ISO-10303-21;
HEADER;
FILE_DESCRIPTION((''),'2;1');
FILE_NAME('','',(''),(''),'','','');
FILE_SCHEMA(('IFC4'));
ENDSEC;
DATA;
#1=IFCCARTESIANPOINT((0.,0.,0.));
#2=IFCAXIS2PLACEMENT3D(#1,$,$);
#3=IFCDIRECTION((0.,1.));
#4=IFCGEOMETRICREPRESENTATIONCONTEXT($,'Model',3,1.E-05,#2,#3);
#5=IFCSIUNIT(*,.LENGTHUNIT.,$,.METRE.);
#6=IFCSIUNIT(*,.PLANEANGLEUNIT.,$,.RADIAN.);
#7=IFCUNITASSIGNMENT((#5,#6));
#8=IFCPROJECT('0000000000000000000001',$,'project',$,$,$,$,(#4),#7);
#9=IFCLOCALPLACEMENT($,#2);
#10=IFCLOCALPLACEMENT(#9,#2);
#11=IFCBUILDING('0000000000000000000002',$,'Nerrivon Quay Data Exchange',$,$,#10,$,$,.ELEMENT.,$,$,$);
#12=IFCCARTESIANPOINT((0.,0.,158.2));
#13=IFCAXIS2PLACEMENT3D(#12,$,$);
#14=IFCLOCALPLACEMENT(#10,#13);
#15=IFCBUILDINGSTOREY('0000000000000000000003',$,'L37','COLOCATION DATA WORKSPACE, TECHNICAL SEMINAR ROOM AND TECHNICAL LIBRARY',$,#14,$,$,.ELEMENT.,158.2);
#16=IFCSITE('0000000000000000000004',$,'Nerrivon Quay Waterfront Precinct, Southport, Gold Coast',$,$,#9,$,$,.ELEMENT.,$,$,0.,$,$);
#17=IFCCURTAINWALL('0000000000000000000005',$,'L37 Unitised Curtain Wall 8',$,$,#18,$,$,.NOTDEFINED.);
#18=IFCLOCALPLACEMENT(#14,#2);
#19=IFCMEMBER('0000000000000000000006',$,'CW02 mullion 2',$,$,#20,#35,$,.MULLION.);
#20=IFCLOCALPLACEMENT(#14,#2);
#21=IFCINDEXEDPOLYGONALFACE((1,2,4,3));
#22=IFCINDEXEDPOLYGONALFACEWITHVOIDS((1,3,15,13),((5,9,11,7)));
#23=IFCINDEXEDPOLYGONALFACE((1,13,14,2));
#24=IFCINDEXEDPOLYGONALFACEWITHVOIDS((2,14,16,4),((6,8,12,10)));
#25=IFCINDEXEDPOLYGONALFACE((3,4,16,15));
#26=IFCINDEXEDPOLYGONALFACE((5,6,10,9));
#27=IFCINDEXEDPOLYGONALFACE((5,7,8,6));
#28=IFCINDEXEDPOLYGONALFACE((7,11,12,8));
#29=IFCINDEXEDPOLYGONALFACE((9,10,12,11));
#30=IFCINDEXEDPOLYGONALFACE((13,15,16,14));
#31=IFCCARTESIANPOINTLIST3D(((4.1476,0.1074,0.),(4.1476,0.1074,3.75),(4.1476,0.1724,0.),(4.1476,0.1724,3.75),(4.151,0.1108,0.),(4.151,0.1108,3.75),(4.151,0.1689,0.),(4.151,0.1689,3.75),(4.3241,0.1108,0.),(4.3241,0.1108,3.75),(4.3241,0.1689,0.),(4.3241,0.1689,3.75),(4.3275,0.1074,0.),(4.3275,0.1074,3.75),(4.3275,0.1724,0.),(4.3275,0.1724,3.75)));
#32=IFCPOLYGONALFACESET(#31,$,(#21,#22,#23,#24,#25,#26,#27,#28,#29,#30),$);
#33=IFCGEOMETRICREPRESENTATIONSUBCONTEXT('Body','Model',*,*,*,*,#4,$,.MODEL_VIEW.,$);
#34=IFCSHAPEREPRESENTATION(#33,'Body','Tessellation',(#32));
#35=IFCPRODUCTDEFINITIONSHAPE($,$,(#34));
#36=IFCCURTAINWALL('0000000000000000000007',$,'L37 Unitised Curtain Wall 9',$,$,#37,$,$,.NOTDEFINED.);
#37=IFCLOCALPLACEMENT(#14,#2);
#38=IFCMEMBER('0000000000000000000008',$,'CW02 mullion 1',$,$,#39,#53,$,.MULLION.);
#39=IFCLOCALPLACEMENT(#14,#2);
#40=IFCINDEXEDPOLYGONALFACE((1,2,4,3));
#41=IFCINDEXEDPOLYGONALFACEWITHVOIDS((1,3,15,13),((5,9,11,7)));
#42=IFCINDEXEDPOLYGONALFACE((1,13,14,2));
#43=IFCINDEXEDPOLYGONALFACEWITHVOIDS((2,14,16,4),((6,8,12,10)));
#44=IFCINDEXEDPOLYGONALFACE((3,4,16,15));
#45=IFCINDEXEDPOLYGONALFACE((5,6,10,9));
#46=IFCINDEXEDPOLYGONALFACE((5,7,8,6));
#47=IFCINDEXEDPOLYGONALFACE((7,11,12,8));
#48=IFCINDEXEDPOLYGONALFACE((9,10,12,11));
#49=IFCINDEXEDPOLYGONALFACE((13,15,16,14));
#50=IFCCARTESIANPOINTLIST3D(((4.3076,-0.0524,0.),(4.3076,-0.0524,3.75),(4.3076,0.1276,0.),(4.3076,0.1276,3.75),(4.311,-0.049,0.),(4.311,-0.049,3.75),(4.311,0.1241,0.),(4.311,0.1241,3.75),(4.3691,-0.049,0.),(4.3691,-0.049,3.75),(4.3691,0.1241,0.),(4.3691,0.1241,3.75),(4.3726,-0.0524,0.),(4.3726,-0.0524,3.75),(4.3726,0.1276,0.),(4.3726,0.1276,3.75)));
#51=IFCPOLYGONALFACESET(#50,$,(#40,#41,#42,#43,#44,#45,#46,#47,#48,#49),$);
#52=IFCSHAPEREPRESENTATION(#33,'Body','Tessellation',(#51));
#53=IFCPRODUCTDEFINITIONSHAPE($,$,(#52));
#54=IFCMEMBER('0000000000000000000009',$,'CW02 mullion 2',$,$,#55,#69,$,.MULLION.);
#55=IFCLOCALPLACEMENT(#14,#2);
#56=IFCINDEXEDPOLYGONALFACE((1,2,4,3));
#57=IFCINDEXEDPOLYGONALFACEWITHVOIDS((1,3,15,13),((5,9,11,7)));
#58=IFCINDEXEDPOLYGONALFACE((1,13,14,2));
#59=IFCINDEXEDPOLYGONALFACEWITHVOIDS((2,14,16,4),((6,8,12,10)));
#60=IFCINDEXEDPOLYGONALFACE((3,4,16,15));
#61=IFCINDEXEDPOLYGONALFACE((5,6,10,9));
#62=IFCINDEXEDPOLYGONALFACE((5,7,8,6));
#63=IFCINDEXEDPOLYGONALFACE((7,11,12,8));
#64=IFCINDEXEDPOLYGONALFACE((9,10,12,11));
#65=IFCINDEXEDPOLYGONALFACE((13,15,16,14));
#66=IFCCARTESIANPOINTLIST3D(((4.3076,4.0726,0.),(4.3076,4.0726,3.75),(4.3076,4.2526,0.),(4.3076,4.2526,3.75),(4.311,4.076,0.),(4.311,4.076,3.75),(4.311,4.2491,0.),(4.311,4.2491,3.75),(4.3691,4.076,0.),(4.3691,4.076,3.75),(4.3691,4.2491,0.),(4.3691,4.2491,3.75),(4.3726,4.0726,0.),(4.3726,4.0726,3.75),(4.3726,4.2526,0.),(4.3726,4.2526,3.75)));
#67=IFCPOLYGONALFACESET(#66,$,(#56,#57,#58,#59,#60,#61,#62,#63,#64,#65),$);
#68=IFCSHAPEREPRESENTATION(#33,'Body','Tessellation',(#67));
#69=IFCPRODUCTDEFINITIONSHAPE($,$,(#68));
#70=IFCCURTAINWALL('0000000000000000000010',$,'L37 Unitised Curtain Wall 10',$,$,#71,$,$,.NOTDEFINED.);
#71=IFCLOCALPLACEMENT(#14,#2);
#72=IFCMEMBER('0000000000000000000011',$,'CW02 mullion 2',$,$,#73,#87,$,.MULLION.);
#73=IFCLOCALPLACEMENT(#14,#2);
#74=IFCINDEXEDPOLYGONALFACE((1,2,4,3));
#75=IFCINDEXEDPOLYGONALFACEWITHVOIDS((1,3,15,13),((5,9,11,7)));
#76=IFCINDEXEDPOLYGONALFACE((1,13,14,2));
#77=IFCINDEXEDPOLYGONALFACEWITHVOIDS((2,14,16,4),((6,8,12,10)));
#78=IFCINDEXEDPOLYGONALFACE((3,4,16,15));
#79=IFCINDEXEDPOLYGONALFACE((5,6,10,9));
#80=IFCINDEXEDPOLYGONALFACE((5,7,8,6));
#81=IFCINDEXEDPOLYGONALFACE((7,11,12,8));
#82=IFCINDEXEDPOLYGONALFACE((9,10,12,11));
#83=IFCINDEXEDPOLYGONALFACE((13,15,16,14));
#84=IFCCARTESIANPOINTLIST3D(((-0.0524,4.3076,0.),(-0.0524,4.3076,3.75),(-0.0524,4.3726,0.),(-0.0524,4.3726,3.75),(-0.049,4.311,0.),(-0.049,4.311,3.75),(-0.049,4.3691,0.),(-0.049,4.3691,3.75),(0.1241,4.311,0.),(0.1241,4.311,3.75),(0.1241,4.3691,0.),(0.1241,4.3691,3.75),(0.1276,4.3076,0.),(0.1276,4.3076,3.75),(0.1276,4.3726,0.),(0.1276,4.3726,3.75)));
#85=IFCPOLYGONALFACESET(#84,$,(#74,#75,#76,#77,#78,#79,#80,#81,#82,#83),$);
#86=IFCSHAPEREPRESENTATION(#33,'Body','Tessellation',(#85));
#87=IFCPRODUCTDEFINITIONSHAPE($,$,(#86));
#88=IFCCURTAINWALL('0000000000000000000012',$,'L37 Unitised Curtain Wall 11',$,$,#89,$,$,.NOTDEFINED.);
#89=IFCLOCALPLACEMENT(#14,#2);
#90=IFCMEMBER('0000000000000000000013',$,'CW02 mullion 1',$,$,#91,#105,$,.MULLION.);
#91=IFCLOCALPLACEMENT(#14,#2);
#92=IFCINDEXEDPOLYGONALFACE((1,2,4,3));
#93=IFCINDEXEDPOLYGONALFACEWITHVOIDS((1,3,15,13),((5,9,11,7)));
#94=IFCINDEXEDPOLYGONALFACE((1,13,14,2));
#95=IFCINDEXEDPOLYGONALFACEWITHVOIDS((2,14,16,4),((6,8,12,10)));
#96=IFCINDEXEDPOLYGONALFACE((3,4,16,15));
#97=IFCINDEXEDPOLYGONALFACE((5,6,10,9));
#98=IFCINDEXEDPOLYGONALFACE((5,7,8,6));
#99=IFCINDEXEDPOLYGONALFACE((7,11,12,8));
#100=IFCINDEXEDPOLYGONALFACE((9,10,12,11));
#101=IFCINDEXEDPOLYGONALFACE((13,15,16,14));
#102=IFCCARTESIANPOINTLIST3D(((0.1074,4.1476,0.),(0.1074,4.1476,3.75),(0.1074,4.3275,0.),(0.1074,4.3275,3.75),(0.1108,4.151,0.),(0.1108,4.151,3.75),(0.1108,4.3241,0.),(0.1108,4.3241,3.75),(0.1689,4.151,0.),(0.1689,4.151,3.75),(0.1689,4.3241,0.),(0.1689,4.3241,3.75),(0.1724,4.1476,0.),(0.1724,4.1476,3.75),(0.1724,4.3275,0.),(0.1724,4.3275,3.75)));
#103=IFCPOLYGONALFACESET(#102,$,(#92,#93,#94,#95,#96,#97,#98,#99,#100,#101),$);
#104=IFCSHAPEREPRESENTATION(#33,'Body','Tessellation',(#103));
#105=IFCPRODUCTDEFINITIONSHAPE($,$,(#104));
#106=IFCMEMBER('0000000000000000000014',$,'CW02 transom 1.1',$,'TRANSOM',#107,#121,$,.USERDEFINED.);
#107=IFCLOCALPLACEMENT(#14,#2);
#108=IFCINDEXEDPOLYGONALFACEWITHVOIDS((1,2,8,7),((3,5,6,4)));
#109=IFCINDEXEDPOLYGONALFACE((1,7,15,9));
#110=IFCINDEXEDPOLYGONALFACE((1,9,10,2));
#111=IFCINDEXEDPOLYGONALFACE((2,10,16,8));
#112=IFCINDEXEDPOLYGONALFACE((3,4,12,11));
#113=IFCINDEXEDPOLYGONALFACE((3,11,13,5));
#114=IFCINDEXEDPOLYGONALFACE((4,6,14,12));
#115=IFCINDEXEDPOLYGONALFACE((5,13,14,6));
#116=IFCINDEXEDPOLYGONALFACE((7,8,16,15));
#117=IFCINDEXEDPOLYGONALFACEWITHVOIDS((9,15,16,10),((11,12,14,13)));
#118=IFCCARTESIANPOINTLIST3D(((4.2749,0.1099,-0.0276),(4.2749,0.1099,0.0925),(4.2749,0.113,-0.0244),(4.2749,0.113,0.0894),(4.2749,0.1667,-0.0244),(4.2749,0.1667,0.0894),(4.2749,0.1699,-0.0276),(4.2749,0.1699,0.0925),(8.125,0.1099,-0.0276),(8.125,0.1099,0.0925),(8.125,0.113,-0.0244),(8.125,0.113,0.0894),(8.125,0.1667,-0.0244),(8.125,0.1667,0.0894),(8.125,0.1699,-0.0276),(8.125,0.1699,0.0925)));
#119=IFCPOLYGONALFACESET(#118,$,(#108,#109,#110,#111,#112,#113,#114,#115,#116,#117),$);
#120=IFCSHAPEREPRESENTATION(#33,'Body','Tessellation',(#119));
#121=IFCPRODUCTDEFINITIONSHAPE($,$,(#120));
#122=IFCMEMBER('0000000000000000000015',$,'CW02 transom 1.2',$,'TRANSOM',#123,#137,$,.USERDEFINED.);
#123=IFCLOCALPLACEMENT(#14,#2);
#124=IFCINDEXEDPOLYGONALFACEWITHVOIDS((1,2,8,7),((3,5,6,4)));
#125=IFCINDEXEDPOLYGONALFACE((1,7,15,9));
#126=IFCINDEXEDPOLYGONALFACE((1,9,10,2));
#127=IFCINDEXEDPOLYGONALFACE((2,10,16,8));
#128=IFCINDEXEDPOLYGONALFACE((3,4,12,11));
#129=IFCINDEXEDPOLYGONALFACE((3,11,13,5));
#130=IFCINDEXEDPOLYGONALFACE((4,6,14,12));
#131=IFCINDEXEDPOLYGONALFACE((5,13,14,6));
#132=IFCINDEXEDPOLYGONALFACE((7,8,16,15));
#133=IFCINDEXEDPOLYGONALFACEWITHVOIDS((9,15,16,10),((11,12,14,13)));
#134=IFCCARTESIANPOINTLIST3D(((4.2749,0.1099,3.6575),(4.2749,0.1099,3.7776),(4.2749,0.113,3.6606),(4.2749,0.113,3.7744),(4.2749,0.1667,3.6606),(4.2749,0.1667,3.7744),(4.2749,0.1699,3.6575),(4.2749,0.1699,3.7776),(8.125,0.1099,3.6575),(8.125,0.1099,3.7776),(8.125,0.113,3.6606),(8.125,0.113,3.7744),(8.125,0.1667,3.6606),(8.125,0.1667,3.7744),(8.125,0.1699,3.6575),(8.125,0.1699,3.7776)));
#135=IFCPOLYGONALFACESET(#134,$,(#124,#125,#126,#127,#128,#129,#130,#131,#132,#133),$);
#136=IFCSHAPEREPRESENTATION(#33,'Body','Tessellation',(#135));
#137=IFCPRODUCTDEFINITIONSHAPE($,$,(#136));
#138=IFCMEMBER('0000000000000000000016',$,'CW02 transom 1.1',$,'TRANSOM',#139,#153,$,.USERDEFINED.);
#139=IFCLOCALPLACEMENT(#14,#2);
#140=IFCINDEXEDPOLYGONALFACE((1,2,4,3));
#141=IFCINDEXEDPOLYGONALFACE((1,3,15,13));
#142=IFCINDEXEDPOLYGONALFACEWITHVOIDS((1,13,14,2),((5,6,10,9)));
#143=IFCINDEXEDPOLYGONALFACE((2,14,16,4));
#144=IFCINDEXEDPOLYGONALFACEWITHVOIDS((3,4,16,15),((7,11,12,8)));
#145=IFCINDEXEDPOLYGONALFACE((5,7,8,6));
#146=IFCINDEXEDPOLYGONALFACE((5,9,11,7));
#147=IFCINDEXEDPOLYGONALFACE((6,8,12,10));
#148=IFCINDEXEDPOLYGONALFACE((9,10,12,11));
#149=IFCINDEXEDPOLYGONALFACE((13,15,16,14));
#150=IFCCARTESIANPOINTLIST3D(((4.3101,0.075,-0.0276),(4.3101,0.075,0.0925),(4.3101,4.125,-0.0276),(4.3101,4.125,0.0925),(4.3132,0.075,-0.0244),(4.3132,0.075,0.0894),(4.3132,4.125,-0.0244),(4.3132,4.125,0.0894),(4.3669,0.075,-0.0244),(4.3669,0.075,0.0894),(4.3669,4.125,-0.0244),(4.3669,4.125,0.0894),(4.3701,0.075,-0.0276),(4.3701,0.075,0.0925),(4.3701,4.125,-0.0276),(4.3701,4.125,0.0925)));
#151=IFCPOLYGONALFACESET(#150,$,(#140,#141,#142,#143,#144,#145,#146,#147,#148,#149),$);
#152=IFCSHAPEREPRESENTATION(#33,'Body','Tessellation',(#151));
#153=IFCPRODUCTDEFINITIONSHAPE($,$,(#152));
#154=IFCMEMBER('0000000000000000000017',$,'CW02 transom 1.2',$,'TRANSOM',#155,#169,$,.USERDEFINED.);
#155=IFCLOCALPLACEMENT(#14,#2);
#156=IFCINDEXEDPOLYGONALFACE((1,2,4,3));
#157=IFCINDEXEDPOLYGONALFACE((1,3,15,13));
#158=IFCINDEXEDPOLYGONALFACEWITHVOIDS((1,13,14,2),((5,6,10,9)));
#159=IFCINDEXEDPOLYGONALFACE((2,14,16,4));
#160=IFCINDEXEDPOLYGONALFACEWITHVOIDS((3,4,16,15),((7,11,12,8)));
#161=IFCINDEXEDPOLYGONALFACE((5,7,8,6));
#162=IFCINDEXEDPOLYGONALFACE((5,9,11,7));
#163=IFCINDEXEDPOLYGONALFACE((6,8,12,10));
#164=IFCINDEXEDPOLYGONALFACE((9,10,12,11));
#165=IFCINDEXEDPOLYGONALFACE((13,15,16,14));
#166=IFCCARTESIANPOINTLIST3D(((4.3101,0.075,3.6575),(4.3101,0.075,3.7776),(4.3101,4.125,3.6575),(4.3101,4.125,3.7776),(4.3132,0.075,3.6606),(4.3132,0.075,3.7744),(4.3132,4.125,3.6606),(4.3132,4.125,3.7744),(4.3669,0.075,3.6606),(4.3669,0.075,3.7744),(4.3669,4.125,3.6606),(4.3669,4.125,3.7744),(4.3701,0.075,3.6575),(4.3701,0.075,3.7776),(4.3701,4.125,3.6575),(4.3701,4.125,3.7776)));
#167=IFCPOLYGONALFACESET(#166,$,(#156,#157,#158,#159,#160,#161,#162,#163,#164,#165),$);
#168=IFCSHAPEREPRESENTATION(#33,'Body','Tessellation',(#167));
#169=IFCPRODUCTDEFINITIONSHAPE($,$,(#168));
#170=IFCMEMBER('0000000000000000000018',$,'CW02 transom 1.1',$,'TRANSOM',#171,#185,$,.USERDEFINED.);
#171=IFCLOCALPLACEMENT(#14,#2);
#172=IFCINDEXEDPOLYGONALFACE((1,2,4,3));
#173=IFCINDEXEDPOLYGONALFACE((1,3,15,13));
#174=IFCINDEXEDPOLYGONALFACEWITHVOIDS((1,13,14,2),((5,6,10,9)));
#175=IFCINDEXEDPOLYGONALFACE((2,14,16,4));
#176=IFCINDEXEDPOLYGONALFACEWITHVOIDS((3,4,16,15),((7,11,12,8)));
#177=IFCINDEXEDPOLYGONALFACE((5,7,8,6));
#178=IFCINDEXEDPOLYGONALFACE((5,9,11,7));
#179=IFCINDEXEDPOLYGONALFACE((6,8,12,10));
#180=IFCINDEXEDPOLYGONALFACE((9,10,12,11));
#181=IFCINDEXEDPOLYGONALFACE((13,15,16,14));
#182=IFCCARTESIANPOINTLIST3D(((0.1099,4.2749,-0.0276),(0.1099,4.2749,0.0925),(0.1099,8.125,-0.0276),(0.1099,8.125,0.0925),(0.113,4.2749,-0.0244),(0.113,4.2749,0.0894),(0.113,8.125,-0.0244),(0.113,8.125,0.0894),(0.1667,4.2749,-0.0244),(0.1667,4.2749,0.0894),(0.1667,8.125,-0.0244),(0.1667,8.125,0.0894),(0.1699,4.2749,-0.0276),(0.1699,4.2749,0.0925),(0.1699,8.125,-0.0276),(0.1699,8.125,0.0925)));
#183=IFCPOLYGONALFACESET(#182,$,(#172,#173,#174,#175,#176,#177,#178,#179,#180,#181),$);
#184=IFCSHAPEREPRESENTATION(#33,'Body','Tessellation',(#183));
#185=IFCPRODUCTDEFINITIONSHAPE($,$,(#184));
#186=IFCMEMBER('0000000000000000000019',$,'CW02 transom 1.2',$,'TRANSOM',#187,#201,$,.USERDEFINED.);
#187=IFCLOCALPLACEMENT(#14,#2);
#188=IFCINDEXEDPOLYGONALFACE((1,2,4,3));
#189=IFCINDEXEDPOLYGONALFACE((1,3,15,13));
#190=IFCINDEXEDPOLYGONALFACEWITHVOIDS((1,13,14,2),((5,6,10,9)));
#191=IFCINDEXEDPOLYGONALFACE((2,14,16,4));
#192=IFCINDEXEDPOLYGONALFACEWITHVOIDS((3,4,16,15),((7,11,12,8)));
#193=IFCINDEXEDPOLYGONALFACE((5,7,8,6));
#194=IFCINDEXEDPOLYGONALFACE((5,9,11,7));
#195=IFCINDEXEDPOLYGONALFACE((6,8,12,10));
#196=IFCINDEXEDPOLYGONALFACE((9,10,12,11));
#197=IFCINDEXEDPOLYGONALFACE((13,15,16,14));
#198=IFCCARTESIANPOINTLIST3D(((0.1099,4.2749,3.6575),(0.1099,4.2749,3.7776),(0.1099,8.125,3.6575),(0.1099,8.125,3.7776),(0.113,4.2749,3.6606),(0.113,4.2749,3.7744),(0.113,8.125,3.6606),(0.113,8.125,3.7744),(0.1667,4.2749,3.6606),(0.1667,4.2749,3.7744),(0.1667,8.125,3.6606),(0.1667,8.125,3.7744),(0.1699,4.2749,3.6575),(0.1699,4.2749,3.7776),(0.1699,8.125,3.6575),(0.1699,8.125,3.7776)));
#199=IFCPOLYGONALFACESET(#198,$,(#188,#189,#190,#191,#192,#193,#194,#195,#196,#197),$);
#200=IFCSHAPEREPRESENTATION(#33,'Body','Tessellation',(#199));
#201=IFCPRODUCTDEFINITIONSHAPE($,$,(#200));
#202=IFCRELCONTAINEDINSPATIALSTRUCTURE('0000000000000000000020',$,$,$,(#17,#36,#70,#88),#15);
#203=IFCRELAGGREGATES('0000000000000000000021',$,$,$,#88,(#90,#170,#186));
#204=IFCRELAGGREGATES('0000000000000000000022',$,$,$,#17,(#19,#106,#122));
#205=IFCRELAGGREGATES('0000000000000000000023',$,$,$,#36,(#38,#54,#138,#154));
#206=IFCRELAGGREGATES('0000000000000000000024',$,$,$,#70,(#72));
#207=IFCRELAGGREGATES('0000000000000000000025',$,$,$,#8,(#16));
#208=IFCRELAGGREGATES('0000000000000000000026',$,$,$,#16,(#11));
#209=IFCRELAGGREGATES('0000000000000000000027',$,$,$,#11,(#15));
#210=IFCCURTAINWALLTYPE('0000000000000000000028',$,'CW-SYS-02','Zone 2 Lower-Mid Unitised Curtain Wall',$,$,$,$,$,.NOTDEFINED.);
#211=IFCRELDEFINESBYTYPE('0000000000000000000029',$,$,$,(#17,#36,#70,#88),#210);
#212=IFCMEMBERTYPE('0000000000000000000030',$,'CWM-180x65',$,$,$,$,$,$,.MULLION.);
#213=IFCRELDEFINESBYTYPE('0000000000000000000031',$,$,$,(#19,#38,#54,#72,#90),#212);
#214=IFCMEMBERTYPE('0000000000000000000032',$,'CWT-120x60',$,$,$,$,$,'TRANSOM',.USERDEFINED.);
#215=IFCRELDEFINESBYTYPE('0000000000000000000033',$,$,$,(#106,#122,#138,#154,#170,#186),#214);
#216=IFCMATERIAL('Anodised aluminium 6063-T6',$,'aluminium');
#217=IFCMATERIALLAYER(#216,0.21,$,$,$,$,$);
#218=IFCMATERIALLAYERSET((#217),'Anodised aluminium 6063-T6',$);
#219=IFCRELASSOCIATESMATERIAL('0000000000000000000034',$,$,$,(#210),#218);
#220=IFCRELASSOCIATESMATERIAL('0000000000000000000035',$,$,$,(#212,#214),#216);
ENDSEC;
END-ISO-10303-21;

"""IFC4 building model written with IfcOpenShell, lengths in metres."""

from ifc_helpers import new_model, si_unit, direction, frame, origin, origin_2d, place, context, subcontext, project, spatial, hollow_rectangle, extrude, material, layer, layer_set, material_profile, profile_set, type_object, element, aggregate, save


model = new_model("IFC4")

# Units and contexts
model_context = context("Model", 3, precision=1e-05, world=origin(), true_north=direction((0.0, 1.0)))
body_context = subcontext(model_context, "Body", "Model", "MODEL_VIEW")
ifc_project = project(units=[si_unit("LENGTHUNIT", "METRE"), si_unit("PLANEANGLEUNIT", "RADIAN")], contexts=[model_context])

# Site, building, storey
site_placement = place(None, origin())
site = spatial("IfcSite", under=ifc_project, at=site_placement, Name="Nerrivon Quay Waterfront Precinct, Southport, Gold Coast", CompositionType="ELEMENT", RefElevation=0.0)
building_placement = place(site_placement, origin())
building = spatial("IfcBuilding", under=site, at=building_placement, Name="Nerrivon Quay Data Exchange", CompositionType="ELEMENT")
storey_placement = place(building_placement, frame((0.0, 0.0, 158.2)))
storey = spatial("IfcBuildingStorey", under=building, at=storey_placement, Name="L37", Description="COLOCATION DATA WORKSPACE, TECHNICAL SEMINAR ROOM AND TECHNICAL LIBRARY", CompositionType="ELEMENT", Elevation=158.2)

# Curtain wall, member
ifc_material_1 = material(Name="Anodised aluminium 6063-T6", Category="aluminium")
ifc_layer_1 = layer(ifc_material_1, 0.21)
ifc_layer_set_1 = layer_set([ifc_layer_1], Name="Anodised aluminium 6063-T6")
curtain_wall_type = type_object("IfcCurtainWallType", Name="CW-SYS-02", Description="Zone 2 Lower-Mid Unitised Curtain Wall", PredefinedType="NOTDEFINED", material=ifc_layer_set_1)
curtain_wall_1_placement = place(storey_placement, origin())
curtain_wall_1 = element("IfcCurtainWall", 1, at=curtain_wall_1_placement, inside=storey, type_object=curtain_wall_type, Name="L37 Unitised Curtain Wall 8", PredefinedType="NOTDEFINED")
ifc_material_profile_1 = material_profile(ifc_material_1, hollow_rectangle(XDim=0.0649, YDim=0.1799, WallThickness=0.0034, at=origin_2d()), Name="ALU-MULL-180x65")
ifc_profile_set_1 = profile_set([ifc_material_profile_1], Name="Anodised aluminium 6063-T6")
member_type_1 = type_object("IfcMemberType", Name="CWM-180x65", PredefinedType="MULLION", material=ifc_profile_set_1)
member_1_placement = place(storey_placement, frame((4.2375, 0.1399, 0.0), z_axis=(0.0, 0.0, 1.0), x_axis=(0.0, -1.0, 0.0)))
member_1 = element("IfcMember", 2, at=member_1_placement, type_object=member_type_1, Name="CW02 mullion 2", PredefinedType="MULLION", context=body_context, shape_type="SweptSolid", body=[
    extrude(hollow_rectangle(XDim=0.0649, YDim=0.1799, WallThickness=0.0034, at=origin_2d()), origin(), (0.0, 0.0, 1.0), 3.75),
])

# Curtain wall, members
curtain_wall_2_placement = place(storey_placement, origin())
curtain_wall_2 = element("IfcCurtainWall", 3, at=curtain_wall_2_placement, inside=storey, type_object=curtain_wall_type, Name="L37 Unitised Curtain Wall 9", PredefinedType="NOTDEFINED")
member_2_placement = place(storey_placement, frame((4.3401, 0.0376, 0.0), z_axis=(0.0, 0.0, 1.0), x_axis=(-1.0, 0.0, 0.0)))
member_2 = element("IfcMember", 4, at=member_2_placement, type_object=member_type_1, Name="CW02 mullion 1", PredefinedType="MULLION", context=body_context, shape_type="SweptSolid", body=[
    extrude(hollow_rectangle(XDim=0.0649, YDim=0.1799, WallThickness=0.0034, at=origin_2d()), origin(), (0.0, 0.0, 1.0), 3.75),
])
member_3_placement = place(storey_placement, frame((4.3401, 4.1626, 0.0), z_axis=(0.0, 0.0, 1.0), x_axis=(-1.0, 0.0, 0.0)))
member_3 = element("IfcMember", 5, at=member_3_placement, type_object=member_type_1, Name="CW02 mullion 2", PredefinedType="MULLION", context=body_context, shape_type="SweptSolid", body=[
    extrude(hollow_rectangle(XDim=0.0649, YDim=0.1799, WallThickness=0.0034, at=origin_2d()), origin(), (0.0, 0.0, 1.0), 3.75),
])

# Curtain walls, members
curtain_wall_3_placement = place(storey_placement, origin())
curtain_wall_3 = element("IfcCurtainWall", 6, at=curtain_wall_3_placement, inside=storey, type_object=curtain_wall_type, Name="L37 Unitised Curtain Wall 10", PredefinedType="NOTDEFINED")
member_4_placement = place(storey_placement, frame((0.0376, 4.3401, 0.0), z_axis=(0.0, 0.0, 1.0), x_axis=(0.0, -1.0, 0.0)))
member_4 = element("IfcMember", 7, at=member_4_placement, type_object=member_type_1, Name="CW02 mullion 2", PredefinedType="MULLION", context=body_context, shape_type="SweptSolid", body=[
    extrude(hollow_rectangle(XDim=0.0649, YDim=0.1799, WallThickness=0.0034, at=origin_2d()), origin(), (0.0, 0.0, 1.0), 3.75),
])
curtain_wall_4_placement = place(storey_placement, origin())
curtain_wall_4 = element("IfcCurtainWall", 8, at=curtain_wall_4_placement, inside=storey, type_object=curtain_wall_type, Name="L37 Unitised Curtain Wall 11", PredefinedType="NOTDEFINED")
member_5_placement = place(storey_placement, frame((0.1399, 4.2375, 0.0), z_axis=(0.0, 0.0, 1.0), x_axis=(-1.0, 0.0, 0.0)))
member_5 = element("IfcMember", 9, at=member_5_placement, type_object=member_type_1, Name="CW02 mullion 1", PredefinedType="MULLION", context=body_context, shape_type="SweptSolid", body=[
    extrude(hollow_rectangle(XDim=0.0649, YDim=0.1799, WallThickness=0.0034, at=origin_2d()), origin(), (0.0, 0.0, 1.0), 3.75),
])

# Members
ifc_material_profile_2 = material_profile(ifc_material_1, hollow_rectangle(XDim=0.0601, YDim=0.1201, WallThickness=0.0032, at=origin_2d()), Name="ALU-TRAN-120x60")
ifc_profile_set_2 = profile_set([ifc_material_profile_2], Name="Anodised aluminium 6063-T6")
member_type_2 = type_object("IfcMemberType", Name="CWT-120x60", ElementType="TRANSOM", PredefinedType="USERDEFINED", material=ifc_profile_set_2)
member_6_placement = place(storey_placement, frame((8.125, 0.1399, 0.0325), z_axis=(-1.0, 0.0, 0.0), x_axis=(0.0, -1.0, 0.0)))
member_6 = element("IfcMember", 10, at=member_6_placement, type_object=member_type_2, Name="CW02 transom 1.1", ObjectType="TRANSOM", PredefinedType="USERDEFINED", context=body_context, shape_type="SweptSolid", body=[
    extrude(hollow_rectangle(XDim=0.0601, YDim=0.1201, WallThickness=0.0032, at=origin_2d()), origin(), (0.0, 0.0, 1.0), 3.8501),
])
member_7_placement = place(storey_placement, frame((8.125, 0.1399, 3.7175), z_axis=(-1.0, 0.0, 0.0), x_axis=(0.0, -1.0, 0.0)))
member_7 = element("IfcMember", 11, at=member_7_placement, type_object=member_type_2, Name="CW02 transom 1.2", ObjectType="TRANSOM", PredefinedType="USERDEFINED", context=body_context, shape_type="SweptSolid", body=[
    extrude(hollow_rectangle(XDim=0.0601, YDim=0.1201, WallThickness=0.0032, at=origin_2d()), origin(), (0.0, 0.0, 1.0), 3.8501),
])
member_8_placement = place(storey_placement, frame((4.3401, 0.075, 0.0325), z_axis=(0.0, 1.0, 0.0), x_axis=(-1.0, 0.0, 0.0)))
member_8 = element("IfcMember", 12, at=member_8_placement, type_object=member_type_2, Name="CW02 transom 1.1", ObjectType="TRANSOM", PredefinedType="USERDEFINED", context=body_context, shape_type="SweptSolid", body=[
    extrude(hollow_rectangle(XDim=0.0601, YDim=0.1201, WallThickness=0.0032, at=origin_2d()), origin(), (0.0, 0.0, 1.0), 4.05),
])
member_9_placement = place(storey_placement, frame((4.3401, 0.075, 3.7175), z_axis=(0.0, 1.0, 0.0), x_axis=(-1.0, 0.0, 0.0)))
member_9 = element("IfcMember", 13, at=member_9_placement, type_object=member_type_2, Name="CW02 transom 1.2", ObjectType="TRANSOM", PredefinedType="USERDEFINED", context=body_context, shape_type="SweptSolid", body=[
    extrude(hollow_rectangle(XDim=0.0601, YDim=0.1201, WallThickness=0.0032, at=origin_2d()), origin(), (0.0, 0.0, 1.0), 4.05),
])
member_10_placement = place(storey_placement, frame((0.1399, 4.2749, 0.0325), z_axis=(0.0, 1.0, 0.0), x_axis=(-1.0, 0.0, 0.0)))
member_10 = element("IfcMember", 14, at=member_10_placement, type_object=member_type_2, Name="CW02 transom 1.1", ObjectType="TRANSOM", PredefinedType="USERDEFINED", context=body_context, shape_type="SweptSolid", body=[
    extrude(hollow_rectangle(XDim=0.0601, YDim=0.1201, WallThickness=0.0032, at=origin_2d()), origin(), (0.0, 0.0, 1.0), 3.8501),
])
member_11_placement = place(storey_placement, frame((0.1399, 4.2749, 3.7175), z_axis=(0.0, 1.0, 0.0), x_axis=(-1.0, 0.0, 0.0)))
member_11 = element("IfcMember", 15, at=member_11_placement, type_object=member_type_2, Name="CW02 transom 1.2", ObjectType="TRANSOM", PredefinedType="USERDEFINED", context=body_context, shape_type="SweptSolid", body=[
    extrude(hollow_rectangle(XDim=0.0601, YDim=0.1201, WallThickness=0.0032, at=origin_2d()), origin(), (0.0, 0.0, 1.0), 3.8501),
])
aggregate(curtain_wall_4, [member_5, member_10, member_11])

aggregate(curtain_wall_1, [member_1, member_6, member_7])
aggregate(curtain_wall_2, [member_2, member_3, member_8, member_9])
aggregate(curtain_wall_3, [member_4])

save(model, "model.ifc")
